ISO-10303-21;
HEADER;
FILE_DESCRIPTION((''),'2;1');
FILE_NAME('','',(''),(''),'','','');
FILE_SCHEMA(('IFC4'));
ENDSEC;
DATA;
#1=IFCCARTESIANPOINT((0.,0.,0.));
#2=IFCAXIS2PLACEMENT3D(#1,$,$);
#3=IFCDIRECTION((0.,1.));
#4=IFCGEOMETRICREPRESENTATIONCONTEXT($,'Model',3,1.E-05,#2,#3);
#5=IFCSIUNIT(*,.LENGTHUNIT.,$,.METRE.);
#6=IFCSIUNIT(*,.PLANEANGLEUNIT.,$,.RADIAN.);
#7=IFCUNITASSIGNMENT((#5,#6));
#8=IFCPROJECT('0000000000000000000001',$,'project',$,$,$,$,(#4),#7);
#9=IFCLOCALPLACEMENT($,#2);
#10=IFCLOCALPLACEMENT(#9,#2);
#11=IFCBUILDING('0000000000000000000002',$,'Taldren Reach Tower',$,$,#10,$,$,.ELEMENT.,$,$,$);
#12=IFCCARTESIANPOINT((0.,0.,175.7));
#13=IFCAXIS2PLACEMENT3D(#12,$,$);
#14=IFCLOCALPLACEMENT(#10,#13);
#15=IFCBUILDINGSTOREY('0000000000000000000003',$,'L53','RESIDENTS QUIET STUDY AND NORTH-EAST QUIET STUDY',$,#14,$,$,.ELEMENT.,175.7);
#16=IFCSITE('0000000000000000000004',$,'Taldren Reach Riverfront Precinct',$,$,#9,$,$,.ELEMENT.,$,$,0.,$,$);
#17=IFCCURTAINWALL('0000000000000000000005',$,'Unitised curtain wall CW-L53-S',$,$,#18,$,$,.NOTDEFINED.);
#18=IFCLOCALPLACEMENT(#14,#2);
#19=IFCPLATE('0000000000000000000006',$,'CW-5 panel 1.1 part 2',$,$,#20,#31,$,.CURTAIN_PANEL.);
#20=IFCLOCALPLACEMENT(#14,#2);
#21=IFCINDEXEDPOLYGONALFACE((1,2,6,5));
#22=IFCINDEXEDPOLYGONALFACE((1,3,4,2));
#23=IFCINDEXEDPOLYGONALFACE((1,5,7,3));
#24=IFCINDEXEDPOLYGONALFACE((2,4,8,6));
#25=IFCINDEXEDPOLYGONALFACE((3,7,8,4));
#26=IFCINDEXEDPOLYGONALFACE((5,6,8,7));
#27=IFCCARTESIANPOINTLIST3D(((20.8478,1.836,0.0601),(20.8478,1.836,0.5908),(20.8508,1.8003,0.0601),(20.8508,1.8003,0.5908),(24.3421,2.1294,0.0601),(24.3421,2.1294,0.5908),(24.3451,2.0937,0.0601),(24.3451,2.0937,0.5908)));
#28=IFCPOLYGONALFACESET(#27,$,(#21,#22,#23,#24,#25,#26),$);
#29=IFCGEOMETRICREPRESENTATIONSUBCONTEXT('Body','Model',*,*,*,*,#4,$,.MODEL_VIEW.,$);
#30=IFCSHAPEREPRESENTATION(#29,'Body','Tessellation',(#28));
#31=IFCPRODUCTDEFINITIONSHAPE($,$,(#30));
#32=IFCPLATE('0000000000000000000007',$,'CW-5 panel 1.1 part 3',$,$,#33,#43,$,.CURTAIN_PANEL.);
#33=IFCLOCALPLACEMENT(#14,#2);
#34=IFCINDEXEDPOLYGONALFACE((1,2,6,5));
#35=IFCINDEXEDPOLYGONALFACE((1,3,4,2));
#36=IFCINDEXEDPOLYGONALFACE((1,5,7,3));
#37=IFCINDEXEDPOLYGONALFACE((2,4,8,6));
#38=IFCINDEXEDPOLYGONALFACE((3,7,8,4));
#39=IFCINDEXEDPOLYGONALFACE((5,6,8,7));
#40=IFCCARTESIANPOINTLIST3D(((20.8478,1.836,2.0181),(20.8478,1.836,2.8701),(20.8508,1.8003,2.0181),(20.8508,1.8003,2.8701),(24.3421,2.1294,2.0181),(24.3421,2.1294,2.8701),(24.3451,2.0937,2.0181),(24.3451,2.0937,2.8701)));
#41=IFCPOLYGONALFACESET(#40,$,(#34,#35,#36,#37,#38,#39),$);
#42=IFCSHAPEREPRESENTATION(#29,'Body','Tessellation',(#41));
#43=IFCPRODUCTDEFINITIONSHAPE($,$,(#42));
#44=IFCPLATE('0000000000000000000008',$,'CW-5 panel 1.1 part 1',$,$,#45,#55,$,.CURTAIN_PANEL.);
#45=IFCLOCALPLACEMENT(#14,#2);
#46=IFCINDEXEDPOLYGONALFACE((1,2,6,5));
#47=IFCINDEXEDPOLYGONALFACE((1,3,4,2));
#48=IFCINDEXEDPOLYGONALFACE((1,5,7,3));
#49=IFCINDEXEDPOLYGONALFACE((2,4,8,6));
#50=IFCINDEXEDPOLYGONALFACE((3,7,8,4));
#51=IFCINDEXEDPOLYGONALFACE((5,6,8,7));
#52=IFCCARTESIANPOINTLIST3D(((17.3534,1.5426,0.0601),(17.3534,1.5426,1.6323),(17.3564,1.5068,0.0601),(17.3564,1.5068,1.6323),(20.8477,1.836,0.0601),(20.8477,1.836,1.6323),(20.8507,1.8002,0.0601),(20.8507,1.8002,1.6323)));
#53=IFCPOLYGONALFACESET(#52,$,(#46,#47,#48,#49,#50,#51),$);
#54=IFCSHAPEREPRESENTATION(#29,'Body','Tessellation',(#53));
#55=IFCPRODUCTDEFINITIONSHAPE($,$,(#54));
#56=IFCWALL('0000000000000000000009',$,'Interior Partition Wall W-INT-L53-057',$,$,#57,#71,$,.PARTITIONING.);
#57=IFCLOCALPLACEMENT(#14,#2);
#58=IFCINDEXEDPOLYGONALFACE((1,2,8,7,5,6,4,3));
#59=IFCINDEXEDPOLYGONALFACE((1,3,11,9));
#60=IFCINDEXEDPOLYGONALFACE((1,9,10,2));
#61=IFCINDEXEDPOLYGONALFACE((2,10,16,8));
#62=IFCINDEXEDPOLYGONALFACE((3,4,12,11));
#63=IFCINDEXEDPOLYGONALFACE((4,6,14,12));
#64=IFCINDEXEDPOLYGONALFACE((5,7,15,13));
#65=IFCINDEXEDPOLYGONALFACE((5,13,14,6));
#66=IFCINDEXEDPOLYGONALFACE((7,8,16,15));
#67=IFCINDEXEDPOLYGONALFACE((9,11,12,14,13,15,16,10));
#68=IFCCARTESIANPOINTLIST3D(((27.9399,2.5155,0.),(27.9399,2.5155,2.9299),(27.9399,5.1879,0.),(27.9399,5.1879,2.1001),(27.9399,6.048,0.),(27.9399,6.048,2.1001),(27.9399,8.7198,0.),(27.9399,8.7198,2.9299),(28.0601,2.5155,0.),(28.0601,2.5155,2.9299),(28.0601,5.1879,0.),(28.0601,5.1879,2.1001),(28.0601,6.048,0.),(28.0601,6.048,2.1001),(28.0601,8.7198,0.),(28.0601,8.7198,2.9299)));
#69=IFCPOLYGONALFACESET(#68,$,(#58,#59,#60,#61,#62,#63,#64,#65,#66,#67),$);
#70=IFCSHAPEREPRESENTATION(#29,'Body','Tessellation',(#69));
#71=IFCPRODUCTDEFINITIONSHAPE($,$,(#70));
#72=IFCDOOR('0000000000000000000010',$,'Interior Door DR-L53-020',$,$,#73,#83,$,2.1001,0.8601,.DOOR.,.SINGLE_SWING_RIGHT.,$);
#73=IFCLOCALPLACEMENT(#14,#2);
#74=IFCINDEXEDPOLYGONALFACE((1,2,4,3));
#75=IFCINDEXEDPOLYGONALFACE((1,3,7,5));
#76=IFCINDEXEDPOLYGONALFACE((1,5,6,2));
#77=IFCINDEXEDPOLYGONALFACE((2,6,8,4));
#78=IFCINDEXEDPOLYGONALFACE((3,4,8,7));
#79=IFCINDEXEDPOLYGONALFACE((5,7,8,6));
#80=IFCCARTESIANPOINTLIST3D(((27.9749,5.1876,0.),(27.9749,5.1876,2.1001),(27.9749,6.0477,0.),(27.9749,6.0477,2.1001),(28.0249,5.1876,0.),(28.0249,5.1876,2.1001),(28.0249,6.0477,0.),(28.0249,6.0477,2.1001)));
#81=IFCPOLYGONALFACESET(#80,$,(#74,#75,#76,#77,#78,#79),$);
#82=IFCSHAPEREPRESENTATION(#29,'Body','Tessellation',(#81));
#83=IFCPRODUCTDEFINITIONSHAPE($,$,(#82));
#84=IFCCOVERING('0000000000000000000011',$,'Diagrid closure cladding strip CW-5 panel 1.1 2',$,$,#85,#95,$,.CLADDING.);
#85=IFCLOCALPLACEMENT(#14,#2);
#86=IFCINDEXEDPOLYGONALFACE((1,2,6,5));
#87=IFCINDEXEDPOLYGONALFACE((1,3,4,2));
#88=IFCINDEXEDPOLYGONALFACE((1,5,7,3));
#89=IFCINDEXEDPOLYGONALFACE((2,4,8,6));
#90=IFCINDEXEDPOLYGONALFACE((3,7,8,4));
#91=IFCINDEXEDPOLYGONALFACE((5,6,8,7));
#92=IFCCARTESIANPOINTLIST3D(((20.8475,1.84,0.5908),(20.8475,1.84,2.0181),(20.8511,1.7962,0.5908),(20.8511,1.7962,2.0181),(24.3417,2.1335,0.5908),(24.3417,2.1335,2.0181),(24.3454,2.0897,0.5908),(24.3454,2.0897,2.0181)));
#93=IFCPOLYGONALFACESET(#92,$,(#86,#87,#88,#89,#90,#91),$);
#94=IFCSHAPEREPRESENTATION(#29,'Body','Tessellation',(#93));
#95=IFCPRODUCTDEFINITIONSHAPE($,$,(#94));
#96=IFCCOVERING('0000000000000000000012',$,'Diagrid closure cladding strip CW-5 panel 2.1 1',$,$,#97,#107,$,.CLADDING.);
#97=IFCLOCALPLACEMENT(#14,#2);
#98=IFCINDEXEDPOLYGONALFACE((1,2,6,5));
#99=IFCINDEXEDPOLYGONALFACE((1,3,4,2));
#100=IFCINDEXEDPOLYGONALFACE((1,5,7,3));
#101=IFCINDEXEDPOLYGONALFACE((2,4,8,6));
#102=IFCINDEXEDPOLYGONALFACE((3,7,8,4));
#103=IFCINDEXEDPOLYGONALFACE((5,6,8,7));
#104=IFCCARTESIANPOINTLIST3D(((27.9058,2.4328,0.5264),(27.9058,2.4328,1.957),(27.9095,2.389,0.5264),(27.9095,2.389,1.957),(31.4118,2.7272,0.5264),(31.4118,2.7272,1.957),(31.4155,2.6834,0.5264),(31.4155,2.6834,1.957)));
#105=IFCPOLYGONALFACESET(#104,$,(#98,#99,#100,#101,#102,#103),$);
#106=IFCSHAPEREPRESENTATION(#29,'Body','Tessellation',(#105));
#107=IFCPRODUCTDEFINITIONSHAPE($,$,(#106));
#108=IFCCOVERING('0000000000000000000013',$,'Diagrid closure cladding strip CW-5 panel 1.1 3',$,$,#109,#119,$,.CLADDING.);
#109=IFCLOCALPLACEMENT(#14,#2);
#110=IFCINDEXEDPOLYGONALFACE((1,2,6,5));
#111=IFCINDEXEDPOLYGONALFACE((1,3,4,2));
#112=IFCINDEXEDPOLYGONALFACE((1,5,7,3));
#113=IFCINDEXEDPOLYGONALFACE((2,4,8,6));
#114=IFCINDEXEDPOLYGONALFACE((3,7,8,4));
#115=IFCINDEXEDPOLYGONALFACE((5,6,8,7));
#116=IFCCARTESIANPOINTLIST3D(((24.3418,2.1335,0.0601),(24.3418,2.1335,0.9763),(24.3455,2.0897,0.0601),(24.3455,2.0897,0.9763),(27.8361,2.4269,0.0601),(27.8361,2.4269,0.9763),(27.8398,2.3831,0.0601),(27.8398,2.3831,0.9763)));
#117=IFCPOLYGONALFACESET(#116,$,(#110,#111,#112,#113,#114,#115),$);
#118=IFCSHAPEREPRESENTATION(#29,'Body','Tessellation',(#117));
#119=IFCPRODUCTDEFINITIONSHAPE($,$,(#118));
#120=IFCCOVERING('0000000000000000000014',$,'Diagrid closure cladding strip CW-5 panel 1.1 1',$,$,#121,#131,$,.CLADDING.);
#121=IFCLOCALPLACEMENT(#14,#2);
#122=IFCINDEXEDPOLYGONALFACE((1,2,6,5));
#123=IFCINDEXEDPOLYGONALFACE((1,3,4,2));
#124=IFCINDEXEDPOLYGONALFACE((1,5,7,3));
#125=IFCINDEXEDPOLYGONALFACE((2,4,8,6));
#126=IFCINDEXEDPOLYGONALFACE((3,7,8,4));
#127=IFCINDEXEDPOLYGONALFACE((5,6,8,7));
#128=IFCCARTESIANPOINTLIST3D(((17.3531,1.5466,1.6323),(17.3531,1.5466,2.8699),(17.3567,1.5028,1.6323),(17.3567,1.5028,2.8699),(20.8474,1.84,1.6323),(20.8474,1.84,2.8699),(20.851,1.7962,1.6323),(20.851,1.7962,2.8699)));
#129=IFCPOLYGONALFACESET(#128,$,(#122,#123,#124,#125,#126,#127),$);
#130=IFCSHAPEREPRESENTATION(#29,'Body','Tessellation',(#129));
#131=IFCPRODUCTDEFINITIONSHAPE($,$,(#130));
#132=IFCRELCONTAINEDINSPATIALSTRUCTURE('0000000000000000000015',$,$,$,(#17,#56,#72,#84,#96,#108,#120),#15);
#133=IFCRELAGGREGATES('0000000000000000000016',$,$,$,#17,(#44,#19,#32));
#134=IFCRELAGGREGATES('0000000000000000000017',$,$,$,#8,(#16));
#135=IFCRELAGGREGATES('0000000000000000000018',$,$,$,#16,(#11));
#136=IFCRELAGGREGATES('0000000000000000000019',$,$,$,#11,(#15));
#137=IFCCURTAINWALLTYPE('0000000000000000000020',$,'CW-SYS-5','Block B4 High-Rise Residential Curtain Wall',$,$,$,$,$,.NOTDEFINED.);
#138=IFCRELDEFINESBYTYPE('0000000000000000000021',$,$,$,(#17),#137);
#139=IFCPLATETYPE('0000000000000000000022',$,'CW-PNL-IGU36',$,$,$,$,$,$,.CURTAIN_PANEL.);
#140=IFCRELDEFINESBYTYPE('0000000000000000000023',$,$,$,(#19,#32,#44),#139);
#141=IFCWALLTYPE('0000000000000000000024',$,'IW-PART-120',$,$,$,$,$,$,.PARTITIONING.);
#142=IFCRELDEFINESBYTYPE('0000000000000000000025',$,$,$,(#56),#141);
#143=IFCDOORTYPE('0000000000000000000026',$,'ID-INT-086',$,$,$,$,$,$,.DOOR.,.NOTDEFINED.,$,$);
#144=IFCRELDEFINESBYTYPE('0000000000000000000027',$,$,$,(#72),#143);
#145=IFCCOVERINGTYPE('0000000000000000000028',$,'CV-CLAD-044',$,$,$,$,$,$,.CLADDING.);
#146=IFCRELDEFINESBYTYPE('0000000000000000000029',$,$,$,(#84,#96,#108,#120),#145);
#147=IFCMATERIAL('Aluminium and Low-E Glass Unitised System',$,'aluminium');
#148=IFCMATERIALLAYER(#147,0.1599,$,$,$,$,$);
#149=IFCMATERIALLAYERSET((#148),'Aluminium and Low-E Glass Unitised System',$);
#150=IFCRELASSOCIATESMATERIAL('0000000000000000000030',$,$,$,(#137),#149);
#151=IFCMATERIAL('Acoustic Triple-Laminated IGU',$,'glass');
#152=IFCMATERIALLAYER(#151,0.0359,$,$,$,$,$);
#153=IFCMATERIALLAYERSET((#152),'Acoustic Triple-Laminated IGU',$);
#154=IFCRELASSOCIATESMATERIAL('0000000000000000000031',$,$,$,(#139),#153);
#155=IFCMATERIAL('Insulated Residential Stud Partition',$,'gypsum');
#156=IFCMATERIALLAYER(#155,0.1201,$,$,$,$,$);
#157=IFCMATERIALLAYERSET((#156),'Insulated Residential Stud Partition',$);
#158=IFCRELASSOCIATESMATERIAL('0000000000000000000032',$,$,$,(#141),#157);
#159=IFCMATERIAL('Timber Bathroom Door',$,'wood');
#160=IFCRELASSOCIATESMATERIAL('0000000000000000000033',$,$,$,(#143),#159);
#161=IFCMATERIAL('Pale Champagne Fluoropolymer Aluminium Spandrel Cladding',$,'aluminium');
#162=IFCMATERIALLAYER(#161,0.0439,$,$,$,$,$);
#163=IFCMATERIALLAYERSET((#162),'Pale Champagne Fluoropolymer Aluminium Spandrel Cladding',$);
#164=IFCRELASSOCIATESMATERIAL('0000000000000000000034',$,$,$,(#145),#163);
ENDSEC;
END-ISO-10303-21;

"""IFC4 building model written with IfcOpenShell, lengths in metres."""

from ifc_helpers import new_model, si_unit, direction, frame, frame_2d, origin, origin_2d, place, context, subcontext, project, spatial, rectangle, extrude, source, transform, mapped, material, layer, layer_set, type_object, element, fill, aggregate, save


model = new_model("IFC4")

# Units and contexts
model_context = context("Model", 3, precision=1e-05, world=origin(), true_north=direction((0.0, 1.0)))
body_context = subcontext(model_context, "Body", "Model", "MODEL_VIEW")
ifc_project = project(units=[si_unit("LENGTHUNIT", "METRE"), si_unit("PLANEANGLEUNIT", "RADIAN")], contexts=[model_context])

# Site, building, storey
site_placement = place(None, origin())
site = spatial("IfcSite", under=ifc_project, at=site_placement, Name="Taldren Reach Riverfront Precinct", CompositionType="ELEMENT", RefElevation=0.0)
building_placement = place(site_placement, origin())
building = spatial("IfcBuilding", under=site, at=building_placement, Name="Taldren Reach Tower", CompositionType="ELEMENT")
storey_placement = place(building_placement, frame((0.0, 0.0, 175.7)))
storey = spatial("IfcBuildingStorey", under=building, at=storey_placement, Name="L53", Description="RESIDENTS QUIET STUDY AND NORTH-EAST QUIET STUDY", CompositionType="ELEMENT", Elevation=175.7)

# Curtain wall
ifc_material_1 = material(Name="Aluminium and Low-E Glass Unitised System", Category="aluminium")
ifc_layer_1 = layer(ifc_material_1, 0.1599)
ifc_layer_set_1 = layer_set([ifc_layer_1], Name="Aluminium and Low-E Glass Unitised System")
curtain_wall_type = type_object("IfcCurtainWallType", Name="CW-SYS-5", Description="Block B4 High-Rise Residential Curtain Wall", PredefinedType="NOTDEFINED", material=ifc_layer_set_1)
curtain_wall_placement = place(storey_placement, origin())
curtain_wall = element("IfcCurtainWall", 1, at=curtain_wall_placement, inside=storey, type_object=curtain_wall_type, Name="Unitised curtain wall CW-L53-S", PredefinedType="NOTDEFINED")

# Plates
ifc_material_2 = material(Name="Acoustic Triple-Laminated IGU", Category="glass")
ifc_layer_2 = layer(ifc_material_2, 0.0359)
ifc_layer_set_2 = layer_set([ifc_layer_2], Name="Acoustic Triple-Laminated IGU")
plate_type_1 = type_object("IfcPlateType", Name="CW-PNL-IGU36", PredefinedType="CURTAIN_PANEL", material=ifc_layer_set_2)
shared_shape_1 = source(origin(), body_context, "Body", "SweptSolid", [
    extrude(rectangle(XDim=3.5066, YDim=0.0359, at=origin_2d()), origin(), (0.0, 0.0, 1.0), 0.5308),
])
plate_1_placement = place(storey_placement, frame((22.5964, 1.9648, 0.0601), z_axis=(0.0, 0.0, 1.0), x_axis=(0.996493, 0.083678, 0.0)))
plate_1 = element("IfcPlate", 2, at=plate_1_placement, type_object=plate_type_1, Name="CW-5 panel 1.1 part 2", PredefinedType="CURTAIN_PANEL", context=body_context, shape_type="MappedRepresentation", body=[
    mapped(shared_shape_1, transform((0.0, 0.0, 0.0), scale=1.0)),
])
shared_shape_2 = source(origin(), body_context, "Body", "SweptSolid", [
    extrude(rectangle(XDim=3.5066, YDim=0.0359, at=origin_2d()), origin(), (0.0, 0.0, 1.0), 0.8521),
])
plate_2_placement = place(storey_placement, frame((22.5964, 1.9648, 2.0181), z_axis=(0.0, 0.0, 1.0), x_axis=(0.996493, 0.083678, 0.0)))
plate_2 = element("IfcPlate", 3, at=plate_2_placement, type_object=plate_type_1, Name="CW-5 panel 1.1 part 3", PredefinedType="CURTAIN_PANEL", context=body_context, shape_type="MappedRepresentation", body=[
    mapped(shared_shape_2, transform((0.0, 0.0, 0.0), scale=1.0)),
])
shared_shape_3 = source(origin(), body_context, "Body", "SweptSolid", [
    extrude(rectangle(XDim=3.5066, YDim=0.0359, at=origin_2d()), origin(), (0.0, 0.0, 1.0), 1.5723),
])
plate_3_placement = place(storey_placement, frame((19.1021, 1.6714, 0.0601), z_axis=(0.0, 0.0, 1.0), x_axis=(0.996493, 0.083678, 0.0)))
plate_3 = element("IfcPlate", 4, at=plate_3_placement, type_object=plate_type_1, Name="CW-5 panel 1.1 part 1", PredefinedType="CURTAIN_PANEL", context=body_context, shape_type="MappedRepresentation", body=[
    mapped(shared_shape_3, transform((0.0, 0.0, 0.0), scale=1.0)),
])
aggregate(curtain_wall, [plate_3, plate_1, plate_2])

# Wall, opening, door
ifc_material_3 = material(Name="Insulated Residential Stud Partition", Category="gypsum")
ifc_layer_3 = layer(ifc_material_3, 0.1201)
ifc_layer_set_3 = layer_set([ifc_layer_3], Name="Insulated Residential Stud Partition")
wall_type = type_object("IfcWallType", Name="IW-PART-120", PredefinedType="PARTITIONING", material=ifc_layer_set_3)
shared_shape_4 = source(origin(), body_context, "Body", "SweptSolid", [
    extrude(rectangle(XDim=6.2043, YDim=0.1201, at=frame_2d((3.1021, 0.0))), origin(), (0.0, 0.0, 1.0), 2.9299),
])
wall_placement = place(storey_placement, frame((28.0, 2.5156, 0.0), z_axis=(0.0, 0.0, 1.0), x_axis=(0.0, 1.0, 0.0)))
wall = element("IfcWall", 5, at=wall_placement, inside=storey, type_object=wall_type, Name="Interior Partition Wall W-INT-L53-057", PredefinedType="PARTITIONING", context=body_context, shape_type="MappedRepresentation", body=[
    mapped(shared_shape_4, transform((0.0, 0.0, 0.0), scale=1.0)),
])
shared_shape_5 = source(origin(), body_context, "Body", "SweptSolid", [
    extrude(rectangle(XDim=0.8601, YDim=2.1001, at=frame_2d((0.4302, 1.05))), frame((0.0, 0.0701, 0.0), z_axis=(0.0, -1.0, 0.0), x_axis=(1.0, 0.0, 0.0)), (0.0, 0.0, 1.0), 0.1401),
])
opening_placement = place(wall_placement, frame((2.6721, 0.0, 0.0)))
opening = element("IfcOpeningElement", 6, at=opening_placement, cuts=wall, PredefinedType="OPENING", context=body_context, shape_type="MappedRepresentation", body=[
    mapped(shared_shape_5, transform((0.0, 0.0, 0.0), scale=1.0)),
])
ifc_material_4 = material(Name="Timber Bathroom Door", Category="wood")
door_type = type_object("IfcDoorType", Name="ID-INT-086", OperationType="NOTDEFINED", PredefinedType="DOOR", material=ifc_material_4)
shared_shape_6 = source(origin(), body_context, "Body", "SweptSolid", [
    extrude(rectangle(XDim=0.8601, YDim=2.1001, at=frame_2d((0.4302, 1.05))), frame((0.0, 0.0249, 0.0), z_axis=(0.0, -1.0, 0.0), x_axis=(1.0, 0.0, 0.0)), (0.0, 0.0, 1.0), 0.05),
])
door_placement = place(opening_placement, frame((0.8601, 0.0, 0.0), z_axis=(0.0, 0.0, 1.0), x_axis=(-1.0, 0.0, 0.0)))
door = element("IfcDoor", 7, at=door_placement, inside=storey, type_object=door_type, Name="Interior Door DR-L53-020", OperationType="SINGLE_SWING_RIGHT", OverallHeight=2.1001, OverallWidth=0.8601, PredefinedType="DOOR", context=body_context, shape_type="MappedRepresentation", body=[
    mapped(shared_shape_6, transform((0.0, 0.0, 0.0), scale=1.0)),
])
fill(opening, door)

# Coverings
ifc_material_5 = material(Name="Pale Champagne Fluoropolymer Aluminium Spandrel Cladding", Category="aluminium")
ifc_layer_4 = layer(ifc_material_5, 0.0439)
ifc_layer_set_4 = layer_set([ifc_layer_4], Name="Pale Champagne Fluoropolymer Aluminium Spandrel Cladding")
covering_type = type_object("IfcCoveringType", Name="CV-CLAD-044", PredefinedType="CLADDING", material=ifc_layer_set_4)
shared_shape_7 = source(origin(), body_context, "Body", "SweptSolid", [
    extrude(rectangle(XDim=3.5066, YDim=0.0439, at=origin_2d()), origin(), (0.0, 0.0, 1.0), 1.4272),
])
covering_1_placement = place(storey_placement, frame((22.5964, 1.9648, 0.5908), z_axis=(0.0, 0.0, 1.0), x_axis=(0.996493, 0.083678, 0.0)))
element("IfcCovering", 8, at=covering_1_placement, inside=storey, type_object=covering_type, Name="Diagrid closure cladding strip CW-5 panel 1.1 2", PredefinedType="CLADDING", context=body_context, shape_type="MappedRepresentation", body=[
    mapped(shared_shape_7, transform((0.0, 0.0, 0.0), scale=1.0)),
])
shared_shape_8 = source(origin(), body_context, "Body", "SweptSolid", [
    extrude(rectangle(XDim=3.5183, YDim=0.0439, at=origin_2d()), origin(), (0.0, 0.0, 1.0), 1.4307),
])
covering_2_placement = place(storey_placement, frame((29.6606, 2.5581, 0.5264), z_axis=(0.0, 0.0, 1.0), x_axis=(0.996493, 0.083678, 0.0)))
element("IfcCovering", 9, at=covering_2_placement, inside=storey, type_object=covering_type, Name="Diagrid closure cladding strip CW-5 panel 2.1 1", PredefinedType="CLADDING", context=body_context, shape_type="MappedRepresentation", body=[
    mapped(shared_shape_8, transform((0.0, 0.0, 0.0), scale=1.0)),
])
shared_shape_9 = source(origin(), body_context, "Body", "SweptSolid", [
    extrude(rectangle(XDim=3.5066, YDim=0.0439, at=origin_2d()), origin(), (0.0, 0.0, 1.0), 0.9163),
])
covering_3_placement = place(storey_placement, frame((26.0908, 2.2583, 0.0601), z_axis=(0.0, 0.0, 1.0), x_axis=(0.996493, 0.083678, 0.0)))
element("IfcCovering", 10, at=covering_3_placement, inside=storey, type_object=covering_type, Name="Diagrid closure cladding strip CW-5 panel 1.1 3", PredefinedType="CLADDING", context=body_context, shape_type="MappedRepresentation", body=[
    mapped(shared_shape_9, transform((0.0, 0.0, 0.0), scale=1.0)),
])
shared_shape_10 = source(origin(), body_context, "Body", "SweptSolid", [
    extrude(rectangle(XDim=3.5066, YDim=0.0439, at=origin_2d()), origin(), (0.0, 0.0, 1.0), 1.2375),
])
covering_4_placement = place(storey_placement, frame((19.1021, 1.6714, 1.6323), z_axis=(0.0, 0.0, 1.0), x_axis=(0.996493, 0.083678, 0.0)))
element("IfcCovering", 11, at=covering_4_placement, inside=storey, type_object=covering_type, Name="Diagrid closure cladding strip CW-5 panel 1.1 1", PredefinedType="CLADDING", context=body_context, shape_type="MappedRepresentation", body=[
    mapped(shared_shape_10, transform((0.0, 0.0, 0.0), scale=1.0)),
])

save(model, "model.ifc")
